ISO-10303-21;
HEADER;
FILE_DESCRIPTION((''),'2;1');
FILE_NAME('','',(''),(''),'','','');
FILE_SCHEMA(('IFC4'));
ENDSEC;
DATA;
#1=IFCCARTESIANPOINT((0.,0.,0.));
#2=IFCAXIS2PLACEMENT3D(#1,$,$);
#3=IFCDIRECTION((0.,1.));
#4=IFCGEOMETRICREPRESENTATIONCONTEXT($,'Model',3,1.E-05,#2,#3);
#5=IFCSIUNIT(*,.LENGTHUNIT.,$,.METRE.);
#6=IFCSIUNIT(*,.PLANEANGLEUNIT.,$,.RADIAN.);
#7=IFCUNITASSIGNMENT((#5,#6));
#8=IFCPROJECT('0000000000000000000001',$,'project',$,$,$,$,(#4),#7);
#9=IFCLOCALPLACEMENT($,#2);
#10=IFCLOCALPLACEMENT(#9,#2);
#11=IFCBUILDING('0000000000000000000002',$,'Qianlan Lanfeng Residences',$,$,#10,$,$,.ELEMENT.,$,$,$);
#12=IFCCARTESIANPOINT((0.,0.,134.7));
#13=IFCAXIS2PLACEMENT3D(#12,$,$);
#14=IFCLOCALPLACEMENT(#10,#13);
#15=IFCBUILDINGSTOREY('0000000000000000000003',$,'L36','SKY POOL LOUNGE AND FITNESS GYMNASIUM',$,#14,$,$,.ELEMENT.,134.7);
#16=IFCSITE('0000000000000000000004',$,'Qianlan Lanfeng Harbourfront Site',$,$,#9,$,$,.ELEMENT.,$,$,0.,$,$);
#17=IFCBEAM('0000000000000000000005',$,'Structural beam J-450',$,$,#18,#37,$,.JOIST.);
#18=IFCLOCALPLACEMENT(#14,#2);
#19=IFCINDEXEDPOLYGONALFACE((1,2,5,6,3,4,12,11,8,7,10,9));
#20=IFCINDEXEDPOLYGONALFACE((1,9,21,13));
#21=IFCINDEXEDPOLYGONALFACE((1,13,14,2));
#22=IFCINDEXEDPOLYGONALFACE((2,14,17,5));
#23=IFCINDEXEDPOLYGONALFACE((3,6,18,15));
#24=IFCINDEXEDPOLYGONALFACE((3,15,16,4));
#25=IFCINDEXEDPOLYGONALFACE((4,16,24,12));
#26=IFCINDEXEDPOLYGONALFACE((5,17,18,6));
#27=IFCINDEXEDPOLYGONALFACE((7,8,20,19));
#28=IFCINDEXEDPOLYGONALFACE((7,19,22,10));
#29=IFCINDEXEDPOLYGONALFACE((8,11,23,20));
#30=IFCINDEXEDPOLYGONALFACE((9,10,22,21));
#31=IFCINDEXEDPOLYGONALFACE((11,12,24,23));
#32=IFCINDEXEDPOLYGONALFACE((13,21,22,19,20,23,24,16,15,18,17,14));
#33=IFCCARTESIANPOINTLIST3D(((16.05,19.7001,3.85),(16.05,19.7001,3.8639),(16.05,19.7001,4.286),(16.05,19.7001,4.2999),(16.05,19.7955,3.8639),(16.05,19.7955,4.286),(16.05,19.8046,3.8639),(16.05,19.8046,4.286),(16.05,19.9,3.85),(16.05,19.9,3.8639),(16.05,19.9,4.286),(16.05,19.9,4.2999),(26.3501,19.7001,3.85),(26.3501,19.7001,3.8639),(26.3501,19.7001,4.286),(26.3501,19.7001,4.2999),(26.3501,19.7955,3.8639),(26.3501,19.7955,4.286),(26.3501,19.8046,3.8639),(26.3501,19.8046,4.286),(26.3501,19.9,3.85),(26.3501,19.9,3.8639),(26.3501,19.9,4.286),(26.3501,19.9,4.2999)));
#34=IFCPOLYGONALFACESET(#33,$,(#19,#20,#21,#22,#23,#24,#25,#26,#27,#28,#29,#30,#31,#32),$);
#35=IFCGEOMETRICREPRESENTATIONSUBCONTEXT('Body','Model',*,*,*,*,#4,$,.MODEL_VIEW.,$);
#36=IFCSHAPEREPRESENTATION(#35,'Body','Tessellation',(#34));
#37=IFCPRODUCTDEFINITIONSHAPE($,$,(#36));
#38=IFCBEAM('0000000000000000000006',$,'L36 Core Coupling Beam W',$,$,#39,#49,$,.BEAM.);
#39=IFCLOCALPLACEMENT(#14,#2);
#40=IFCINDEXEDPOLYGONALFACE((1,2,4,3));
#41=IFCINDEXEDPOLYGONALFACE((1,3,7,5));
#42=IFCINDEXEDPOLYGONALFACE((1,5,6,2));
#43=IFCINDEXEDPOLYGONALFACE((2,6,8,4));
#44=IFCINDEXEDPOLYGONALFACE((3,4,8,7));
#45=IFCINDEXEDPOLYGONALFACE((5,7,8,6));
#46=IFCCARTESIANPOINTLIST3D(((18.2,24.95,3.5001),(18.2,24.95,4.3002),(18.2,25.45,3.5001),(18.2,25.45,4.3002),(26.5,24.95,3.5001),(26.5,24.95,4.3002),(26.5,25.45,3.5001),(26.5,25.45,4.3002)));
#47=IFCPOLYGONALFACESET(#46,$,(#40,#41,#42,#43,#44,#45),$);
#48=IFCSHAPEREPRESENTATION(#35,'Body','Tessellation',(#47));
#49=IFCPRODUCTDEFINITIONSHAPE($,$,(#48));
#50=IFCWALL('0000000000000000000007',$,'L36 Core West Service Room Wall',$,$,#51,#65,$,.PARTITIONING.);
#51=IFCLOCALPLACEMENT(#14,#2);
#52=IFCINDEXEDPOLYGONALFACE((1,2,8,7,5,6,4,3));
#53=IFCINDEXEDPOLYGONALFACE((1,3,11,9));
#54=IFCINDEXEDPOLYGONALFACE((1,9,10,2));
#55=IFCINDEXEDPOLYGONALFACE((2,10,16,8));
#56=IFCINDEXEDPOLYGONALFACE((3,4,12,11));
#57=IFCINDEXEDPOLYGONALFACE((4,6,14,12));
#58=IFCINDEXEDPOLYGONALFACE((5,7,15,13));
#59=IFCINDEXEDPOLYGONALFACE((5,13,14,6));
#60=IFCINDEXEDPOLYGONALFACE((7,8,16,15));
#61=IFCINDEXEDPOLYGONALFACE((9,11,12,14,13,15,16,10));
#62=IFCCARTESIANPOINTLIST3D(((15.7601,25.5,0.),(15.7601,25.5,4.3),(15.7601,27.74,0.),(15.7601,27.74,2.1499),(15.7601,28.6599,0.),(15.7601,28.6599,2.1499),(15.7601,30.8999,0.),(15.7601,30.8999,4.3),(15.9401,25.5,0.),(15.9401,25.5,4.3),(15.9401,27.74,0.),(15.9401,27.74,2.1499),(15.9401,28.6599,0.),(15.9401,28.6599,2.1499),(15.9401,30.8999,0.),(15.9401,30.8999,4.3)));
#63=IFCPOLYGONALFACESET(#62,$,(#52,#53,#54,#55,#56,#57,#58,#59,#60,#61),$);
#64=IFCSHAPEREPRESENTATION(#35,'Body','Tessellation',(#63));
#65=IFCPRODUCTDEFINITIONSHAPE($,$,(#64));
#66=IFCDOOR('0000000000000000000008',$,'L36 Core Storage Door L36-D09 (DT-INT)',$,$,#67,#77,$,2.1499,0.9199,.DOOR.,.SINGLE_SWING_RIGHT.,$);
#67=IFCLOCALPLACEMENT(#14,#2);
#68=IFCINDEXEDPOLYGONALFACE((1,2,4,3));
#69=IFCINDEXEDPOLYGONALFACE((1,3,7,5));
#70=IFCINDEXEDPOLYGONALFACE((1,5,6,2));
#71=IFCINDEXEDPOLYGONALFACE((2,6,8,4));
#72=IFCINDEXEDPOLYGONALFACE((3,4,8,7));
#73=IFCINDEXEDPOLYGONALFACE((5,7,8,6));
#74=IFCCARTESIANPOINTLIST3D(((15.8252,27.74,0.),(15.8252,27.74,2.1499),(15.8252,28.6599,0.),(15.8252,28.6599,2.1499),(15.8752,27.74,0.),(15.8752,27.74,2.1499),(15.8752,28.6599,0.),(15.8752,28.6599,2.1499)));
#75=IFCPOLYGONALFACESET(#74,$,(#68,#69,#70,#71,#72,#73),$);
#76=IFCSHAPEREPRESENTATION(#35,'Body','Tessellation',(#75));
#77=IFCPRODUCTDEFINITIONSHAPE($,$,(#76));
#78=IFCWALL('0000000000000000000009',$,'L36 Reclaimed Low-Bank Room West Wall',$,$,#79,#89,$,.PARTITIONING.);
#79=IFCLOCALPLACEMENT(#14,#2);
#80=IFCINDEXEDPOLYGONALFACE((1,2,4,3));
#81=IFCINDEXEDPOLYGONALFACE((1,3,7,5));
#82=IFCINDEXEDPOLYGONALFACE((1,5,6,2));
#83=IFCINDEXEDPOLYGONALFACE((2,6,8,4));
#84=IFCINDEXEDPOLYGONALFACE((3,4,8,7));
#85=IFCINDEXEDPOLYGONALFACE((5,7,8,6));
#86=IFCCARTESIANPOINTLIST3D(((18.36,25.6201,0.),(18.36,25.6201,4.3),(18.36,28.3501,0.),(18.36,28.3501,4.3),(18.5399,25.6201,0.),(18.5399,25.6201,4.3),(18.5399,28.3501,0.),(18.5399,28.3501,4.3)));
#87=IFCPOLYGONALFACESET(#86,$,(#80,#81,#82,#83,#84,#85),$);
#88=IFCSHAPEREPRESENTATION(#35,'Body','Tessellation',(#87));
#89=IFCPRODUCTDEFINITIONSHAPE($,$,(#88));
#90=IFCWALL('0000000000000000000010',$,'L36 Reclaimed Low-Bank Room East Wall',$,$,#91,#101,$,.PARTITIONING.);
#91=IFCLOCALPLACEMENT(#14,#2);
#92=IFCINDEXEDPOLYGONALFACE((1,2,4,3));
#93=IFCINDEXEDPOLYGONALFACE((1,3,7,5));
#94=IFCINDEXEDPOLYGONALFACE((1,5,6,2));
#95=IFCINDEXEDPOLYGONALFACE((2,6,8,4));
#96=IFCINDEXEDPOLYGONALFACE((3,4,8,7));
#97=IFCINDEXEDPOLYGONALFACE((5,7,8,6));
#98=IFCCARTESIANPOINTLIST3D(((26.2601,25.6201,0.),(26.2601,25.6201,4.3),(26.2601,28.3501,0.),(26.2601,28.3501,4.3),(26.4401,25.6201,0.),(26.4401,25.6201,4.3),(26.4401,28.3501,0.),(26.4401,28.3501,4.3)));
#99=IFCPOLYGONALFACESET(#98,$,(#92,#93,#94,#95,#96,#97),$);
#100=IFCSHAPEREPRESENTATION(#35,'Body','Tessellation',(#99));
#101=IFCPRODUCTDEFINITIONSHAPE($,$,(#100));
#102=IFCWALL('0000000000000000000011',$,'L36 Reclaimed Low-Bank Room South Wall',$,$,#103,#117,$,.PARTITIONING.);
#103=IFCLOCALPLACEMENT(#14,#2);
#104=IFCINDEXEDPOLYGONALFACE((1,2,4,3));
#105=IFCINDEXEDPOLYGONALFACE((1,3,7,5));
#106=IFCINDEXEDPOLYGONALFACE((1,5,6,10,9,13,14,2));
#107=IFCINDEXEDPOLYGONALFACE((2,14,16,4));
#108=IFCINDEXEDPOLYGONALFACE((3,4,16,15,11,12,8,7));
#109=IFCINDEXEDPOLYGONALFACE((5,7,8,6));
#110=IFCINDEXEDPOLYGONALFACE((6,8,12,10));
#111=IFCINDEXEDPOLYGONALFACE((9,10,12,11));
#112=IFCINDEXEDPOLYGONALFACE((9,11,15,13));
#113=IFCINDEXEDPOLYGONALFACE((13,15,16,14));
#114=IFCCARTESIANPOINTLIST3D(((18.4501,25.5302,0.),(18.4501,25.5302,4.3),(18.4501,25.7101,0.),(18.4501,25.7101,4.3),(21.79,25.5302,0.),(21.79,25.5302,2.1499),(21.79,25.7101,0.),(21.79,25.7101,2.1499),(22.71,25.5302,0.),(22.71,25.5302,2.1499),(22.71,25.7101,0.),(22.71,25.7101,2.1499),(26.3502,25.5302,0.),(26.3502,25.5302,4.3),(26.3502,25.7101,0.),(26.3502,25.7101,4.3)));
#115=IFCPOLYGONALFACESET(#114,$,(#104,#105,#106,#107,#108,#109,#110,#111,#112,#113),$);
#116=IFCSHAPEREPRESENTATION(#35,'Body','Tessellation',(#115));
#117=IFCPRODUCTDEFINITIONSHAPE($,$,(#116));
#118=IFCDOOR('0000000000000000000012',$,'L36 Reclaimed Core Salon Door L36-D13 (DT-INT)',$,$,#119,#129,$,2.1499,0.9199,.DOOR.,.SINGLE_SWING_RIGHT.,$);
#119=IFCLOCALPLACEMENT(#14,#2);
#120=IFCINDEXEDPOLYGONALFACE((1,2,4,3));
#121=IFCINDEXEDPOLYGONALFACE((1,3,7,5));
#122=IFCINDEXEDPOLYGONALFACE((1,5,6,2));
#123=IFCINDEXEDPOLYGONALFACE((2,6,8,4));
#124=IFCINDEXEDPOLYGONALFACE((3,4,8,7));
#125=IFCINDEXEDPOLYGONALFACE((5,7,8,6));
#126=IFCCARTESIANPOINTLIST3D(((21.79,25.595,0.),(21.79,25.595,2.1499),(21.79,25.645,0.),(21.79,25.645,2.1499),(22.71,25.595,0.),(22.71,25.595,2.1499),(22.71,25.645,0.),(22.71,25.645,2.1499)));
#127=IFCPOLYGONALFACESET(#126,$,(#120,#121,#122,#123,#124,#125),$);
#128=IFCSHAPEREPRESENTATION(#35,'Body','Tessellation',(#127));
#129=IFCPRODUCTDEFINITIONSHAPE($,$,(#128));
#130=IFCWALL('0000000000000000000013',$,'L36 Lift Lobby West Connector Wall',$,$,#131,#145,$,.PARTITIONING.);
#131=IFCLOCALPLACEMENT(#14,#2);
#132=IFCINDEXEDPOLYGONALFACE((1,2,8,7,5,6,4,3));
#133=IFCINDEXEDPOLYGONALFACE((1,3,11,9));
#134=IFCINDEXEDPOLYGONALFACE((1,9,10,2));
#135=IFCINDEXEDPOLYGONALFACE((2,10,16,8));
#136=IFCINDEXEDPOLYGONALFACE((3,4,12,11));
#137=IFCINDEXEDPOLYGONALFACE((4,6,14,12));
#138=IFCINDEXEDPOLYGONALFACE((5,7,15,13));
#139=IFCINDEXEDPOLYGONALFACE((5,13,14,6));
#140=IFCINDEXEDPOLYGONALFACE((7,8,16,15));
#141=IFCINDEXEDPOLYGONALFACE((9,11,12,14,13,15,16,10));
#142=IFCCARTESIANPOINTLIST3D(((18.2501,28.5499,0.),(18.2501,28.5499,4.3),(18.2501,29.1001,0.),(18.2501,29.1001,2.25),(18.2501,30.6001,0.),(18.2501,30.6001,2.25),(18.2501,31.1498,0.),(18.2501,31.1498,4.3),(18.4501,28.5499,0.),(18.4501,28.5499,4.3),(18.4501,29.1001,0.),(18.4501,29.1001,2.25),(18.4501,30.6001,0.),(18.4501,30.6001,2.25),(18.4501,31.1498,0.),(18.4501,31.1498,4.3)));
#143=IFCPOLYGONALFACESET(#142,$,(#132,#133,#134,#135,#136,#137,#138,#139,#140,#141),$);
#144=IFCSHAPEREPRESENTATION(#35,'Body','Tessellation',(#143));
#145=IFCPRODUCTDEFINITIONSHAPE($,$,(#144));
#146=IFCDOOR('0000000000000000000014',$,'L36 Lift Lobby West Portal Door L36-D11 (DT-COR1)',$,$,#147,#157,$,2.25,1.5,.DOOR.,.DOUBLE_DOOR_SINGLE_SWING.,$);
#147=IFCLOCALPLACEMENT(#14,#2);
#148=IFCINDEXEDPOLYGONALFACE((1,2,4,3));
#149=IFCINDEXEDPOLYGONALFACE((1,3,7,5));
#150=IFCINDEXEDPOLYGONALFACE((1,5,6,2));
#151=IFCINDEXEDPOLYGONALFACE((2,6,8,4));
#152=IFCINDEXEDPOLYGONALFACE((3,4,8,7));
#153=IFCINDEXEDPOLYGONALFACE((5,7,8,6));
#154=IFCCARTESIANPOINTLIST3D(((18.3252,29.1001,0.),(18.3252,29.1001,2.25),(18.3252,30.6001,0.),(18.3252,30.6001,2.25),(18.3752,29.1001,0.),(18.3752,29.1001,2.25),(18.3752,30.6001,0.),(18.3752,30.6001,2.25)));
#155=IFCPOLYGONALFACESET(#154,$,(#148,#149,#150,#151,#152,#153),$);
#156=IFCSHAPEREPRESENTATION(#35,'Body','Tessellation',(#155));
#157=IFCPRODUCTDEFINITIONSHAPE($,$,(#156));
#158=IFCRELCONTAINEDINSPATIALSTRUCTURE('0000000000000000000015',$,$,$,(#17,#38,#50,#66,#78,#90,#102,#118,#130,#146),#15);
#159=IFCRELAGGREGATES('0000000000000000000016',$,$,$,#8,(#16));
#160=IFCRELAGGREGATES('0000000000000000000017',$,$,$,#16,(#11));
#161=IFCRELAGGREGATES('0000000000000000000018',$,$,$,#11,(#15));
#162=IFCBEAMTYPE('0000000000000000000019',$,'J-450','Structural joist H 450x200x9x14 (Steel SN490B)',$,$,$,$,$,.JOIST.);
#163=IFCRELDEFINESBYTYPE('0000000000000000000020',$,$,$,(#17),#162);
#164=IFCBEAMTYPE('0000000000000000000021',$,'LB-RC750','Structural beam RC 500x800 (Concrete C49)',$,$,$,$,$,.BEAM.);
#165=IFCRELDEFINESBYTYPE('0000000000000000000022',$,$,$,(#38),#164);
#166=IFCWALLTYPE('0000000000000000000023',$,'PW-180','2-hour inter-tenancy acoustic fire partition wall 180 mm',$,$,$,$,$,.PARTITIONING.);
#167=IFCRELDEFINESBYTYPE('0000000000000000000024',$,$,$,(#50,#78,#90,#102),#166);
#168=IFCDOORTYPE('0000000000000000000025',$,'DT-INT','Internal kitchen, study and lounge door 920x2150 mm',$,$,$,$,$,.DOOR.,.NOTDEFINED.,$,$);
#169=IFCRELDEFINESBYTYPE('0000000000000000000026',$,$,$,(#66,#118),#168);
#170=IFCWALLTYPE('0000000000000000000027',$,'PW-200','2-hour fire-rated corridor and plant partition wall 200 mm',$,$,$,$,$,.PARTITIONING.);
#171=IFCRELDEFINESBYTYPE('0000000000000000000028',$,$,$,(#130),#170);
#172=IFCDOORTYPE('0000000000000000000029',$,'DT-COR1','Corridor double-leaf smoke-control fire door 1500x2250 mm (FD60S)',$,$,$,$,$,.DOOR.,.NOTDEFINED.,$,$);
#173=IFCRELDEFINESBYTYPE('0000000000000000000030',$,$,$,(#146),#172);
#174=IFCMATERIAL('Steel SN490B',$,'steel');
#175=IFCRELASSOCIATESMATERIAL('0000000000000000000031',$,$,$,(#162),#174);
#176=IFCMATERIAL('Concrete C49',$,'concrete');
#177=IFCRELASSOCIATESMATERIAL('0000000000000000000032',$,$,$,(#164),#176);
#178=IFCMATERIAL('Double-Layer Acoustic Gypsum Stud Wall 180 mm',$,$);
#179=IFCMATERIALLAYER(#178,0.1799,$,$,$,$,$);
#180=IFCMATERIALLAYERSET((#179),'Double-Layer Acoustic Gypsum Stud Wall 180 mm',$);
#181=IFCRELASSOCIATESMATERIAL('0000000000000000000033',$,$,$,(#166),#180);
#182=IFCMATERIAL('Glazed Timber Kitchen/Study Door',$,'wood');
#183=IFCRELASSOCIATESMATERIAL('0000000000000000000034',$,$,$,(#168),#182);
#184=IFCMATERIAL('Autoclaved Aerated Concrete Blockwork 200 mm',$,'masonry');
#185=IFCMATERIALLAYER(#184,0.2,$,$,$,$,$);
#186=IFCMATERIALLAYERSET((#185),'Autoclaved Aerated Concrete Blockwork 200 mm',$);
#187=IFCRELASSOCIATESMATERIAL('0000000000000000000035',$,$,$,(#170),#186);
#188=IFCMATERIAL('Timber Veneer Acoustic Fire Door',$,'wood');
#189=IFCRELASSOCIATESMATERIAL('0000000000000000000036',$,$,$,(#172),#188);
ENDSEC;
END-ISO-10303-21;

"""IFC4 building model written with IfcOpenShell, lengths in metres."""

from ifc_helpers import new_model, si_unit, direction, frame, frame_2d, origin, origin_2d, place, context, subcontext, project, spatial, rectangle, i_section, extrude, material, layer, layer_set, material_profile, profile_set, type_object, element, fill, save


model = new_model("IFC4")

# Units and contexts
model_context = context("Model", 3, precision=1e-05, world=origin(), true_north=direction((0.0, 1.0)))
body_context = subcontext(model_context, "Body", "Model", "MODEL_VIEW")
ifc_project = project(units=[si_unit("LENGTHUNIT", "METRE"), si_unit("PLANEANGLEUNIT", "RADIAN")], contexts=[model_context])

# Site, building, storey
site_placement = place(None, origin())
site = spatial("IfcSite", under=ifc_project, at=site_placement, Name="Qianlan Lanfeng Harbourfront Site", CompositionType="ELEMENT", RefElevation=0.0)
building_placement = place(site_placement, origin())
building = spatial("IfcBuilding", under=site, at=building_placement, Name="Qianlan Lanfeng Residences", CompositionType="ELEMENT")
storey_placement = place(building_placement, frame((0.0, 0.0, 134.7)))
storey = spatial("IfcBuildingStorey", under=building, at=storey_placement, Name="L36", Description="SKY POOL LOUNGE AND FITNESS GYMNASIUM", CompositionType="ELEMENT", Elevation=134.7)

# Shared definitions
ifc_material_1 = material(Name="Steel SN490B", Category="steel")

# Beams
ifc_material_profile_1 = material_profile(ifc_material_1, i_section(OverallWidth=0.2, OverallDepth=0.45, WebThickness=0.009, FlangeThickness=0.0139, at=origin_2d()), Name="H 450x200x9x14")
ifc_profile_set_1 = profile_set([ifc_material_profile_1], Name="Steel SN490B")
beam_type_1 = type_object("IfcBeamType", Name="J-450", Description="Structural joist H 450x200x9x14 (Steel SN490B)", PredefinedType="JOIST", material=ifc_profile_set_1)
beam_1_placement = place(storey_placement, frame((16.05, 19.8, 4.075), z_axis=(1.0, 0.0, 0.0), x_axis=(0.0, 1.0, 0.0)))
element("IfcBeam", 1, at=beam_1_placement, inside=storey, type_object=beam_type_1, Name="Structural beam J-450", PredefinedType="JOIST", context=body_context, shape_type="SweptSolid", body=[
    extrude(i_section(OverallWidth=0.2, OverallDepth=0.45, WebThickness=0.009, FlangeThickness=0.0139, at=origin_2d()), origin(), (0.0, 0.0, 1.0), 10.3),
])
ifc_material_2 = material(Name="Concrete C49", Category="concrete")
ifc_material_profile_2 = material_profile(ifc_material_2, rectangle(XDim=0.5, YDim=0.8, at=origin_2d()), Name="RC 500x800")
ifc_profile_set_2 = profile_set([ifc_material_profile_2], Name="Concrete C49")
beam_type_2 = type_object("IfcBeamType", Name="LB-RC750", Description="Structural beam RC 500x800 (Concrete C49)", PredefinedType="BEAM", material=ifc_profile_set_2)
beam_2_placement = place(storey_placement, frame((18.2, 25.2, 3.9001), z_axis=(1.0, 0.0, 0.0), x_axis=(0.0, 1.0, 0.0)))
element("IfcBeam", 2, at=beam_2_placement, inside=storey, type_object=beam_type_2, Name="L36 Core Coupling Beam W", PredefinedType="BEAM", context=body_context, shape_type="SweptSolid", body=[
    extrude(rectangle(XDim=0.5, YDim=0.8, at=origin_2d()), origin(), (0.0, 0.0, 1.0), 8.3),
])

# Wall, opening, door
ifc_material_3 = material(Name="Double-Layer Acoustic Gypsum Stud Wall 180 mm")
ifc_layer_1 = layer(ifc_material_3, 0.1799)
ifc_layer_set_1 = layer_set([ifc_layer_1], Name="Double-Layer Acoustic Gypsum Stud Wall 180 mm")
wall_type_1 = type_object("IfcWallType", Name="PW-180", Description="2-hour inter-tenancy acoustic fire partition wall 180 mm", PredefinedType="PARTITIONING", material=ifc_layer_set_1)
wall_1_placement = place(storey_placement, frame((15.8501, 25.5, 0.0), z_axis=(0.0, 0.0, 1.0), x_axis=(0.0, 1.0, 0.0)))
wall_1 = element("IfcWall", 3, at=wall_1_placement, inside=storey, type_object=wall_type_1, Name="L36 Core West Service Room Wall", PredefinedType="PARTITIONING", context=body_context, shape_type="SweptSolid", body=[
    extrude(rectangle(XDim=5.3999, YDim=0.1799, at=frame_2d((2.7, 0.0))), origin(), (0.0, 0.0, 1.0), 4.3),
])
opening_1_placement = place(wall_1_placement, frame((2.24, 0.0, 0.0)))
opening_1 = element("IfcOpeningElement", 4, at=opening_1_placement, cuts=wall_1, PredefinedType="OPENING", context=body_context, shape_type="SweptSolid", body=[
    extrude(rectangle(XDim=0.9199, YDim=2.1499, at=frame_2d((0.46, 1.075))), frame((0.0, 0.1001, 0.0), z_axis=(0.0, -1.0, 0.0), x_axis=(1.0, 0.0, 0.0)), (0.0, 0.0, 1.0), 0.2),
])
ifc_material_4 = material(Name="Glazed Timber Kitchen/Study Door", Category="wood")
door_type_1 = type_object("IfcDoorType", Name="DT-INT", Description="Internal kitchen, study and lounge door 920x2150 mm", OperationType="NOTDEFINED", PredefinedType="DOOR", material=ifc_material_4)
door_1_placement = place(opening_1_placement, origin())
door_1 = element("IfcDoor", 5, at=door_1_placement, inside=storey, type_object=door_type_1, Name="L36 Core Storage Door L36-D09 (DT-INT)", OperationType="SINGLE_SWING_RIGHT", OverallHeight=2.1499, OverallWidth=0.9199, PredefinedType="DOOR", context=body_context, shape_type="SweptSolid", body=[
    extrude(rectangle(XDim=0.9199, YDim=2.1499, at=frame_2d((0.46, 1.075))), frame((0.0, 0.0249, 0.0), z_axis=(0.0, -1.0, 0.0), x_axis=(1.0, 0.0, 0.0)), (0.0, 0.0, 1.0), 0.05),
])
fill(opening_1, door_1)

# Walls
for number, where, z_axis, x_axis, name in (
    (6, (18.45, 25.6201, 0.0), (0.0, 0.0, 1.0), (0.0, 1.0, 0.0), "L36 Reclaimed Low-Bank Room West Wall"),
    (7, (26.3501, 25.6201, 0.0), (0.0, 0.0, 1.0), (0.0, 1.0, 0.0), "L36 Reclaimed Low-Bank Room East Wall"),
):
    element("IfcWall", number, at=place(storey_placement, frame(where, z_axis=z_axis, x_axis=x_axis)), inside=storey, type_object=wall_type_1, Name=name, PredefinedType="PARTITIONING", context=body_context, shape_type="SweptSolid", body=[
        extrude(rectangle(XDim=2.73, YDim=0.1799, at=frame_2d((1.365, 0.0))), origin(), (0.0, 0.0, 1.0), 4.3),
    ])

# Walls, openings, doors
wall_2_placement = place(storey_placement, frame((18.45, 25.6201, 0.0), z_axis=(0.0, 0.0, 1.0), x_axis=(1.0, 0.0, 0.0)))
wall_2 = element("IfcWall", 8, at=wall_2_placement, inside=storey, type_object=wall_type_1, Name="L36 Reclaimed Low-Bank Room South Wall", PredefinedType="PARTITIONING", context=body_context, shape_type="SweptSolid", body=[
    extrude(rectangle(XDim=7.9001, YDim=0.1799, at=frame_2d((3.9502, 0.0))), origin(), (0.0, 0.0, 1.0), 4.3),
])
opening_2_placement = place(wall_2_placement, frame((3.3401, 0.0, 0.0)))
opening_2 = element("IfcOpeningElement", 9, at=opening_2_placement, cuts=wall_2, PredefinedType="OPENING", context=body_context, shape_type="SweptSolid", body=[
    extrude(rectangle(XDim=0.9199, YDim=2.1499, at=frame_2d((0.46, 1.075))), frame((0.0, 0.1001, 0.0), z_axis=(0.0, -1.0, 0.0), x_axis=(1.0, 0.0, 0.0)), (0.0, 0.0, 1.0), 0.2),
])
door_2_placement = place(opening_2_placement, origin())
door_2 = element("IfcDoor", 10, at=door_2_placement, inside=storey, type_object=door_type_1, Name="L36 Reclaimed Core Salon Door L36-D13 (DT-INT)", OperationType="SINGLE_SWING_RIGHT", OverallHeight=2.1499, OverallWidth=0.9199, PredefinedType="DOOR", context=body_context, shape_type="SweptSolid", body=[
    extrude(rectangle(XDim=0.9199, YDim=2.1499, at=frame_2d((0.46, 1.075))), frame((0.0, 0.0249, 0.0), z_axis=(0.0, -1.0, 0.0), x_axis=(1.0, 0.0, 0.0)), (0.0, 0.0, 1.0), 0.05),
])
fill(opening_2, door_2)
ifc_material_5 = material(Name="Autoclaved Aerated Concrete Blockwork 200 mm", Category="masonry")
ifc_layer_2 = layer(ifc_material_5, 0.2)
ifc_layer_set_2 = layer_set([ifc_layer_2], Name="Autoclaved Aerated Concrete Blockwork 200 mm")
wall_type_2 = type_object("IfcWallType", Name="PW-200", Description="2-hour fire-rated corridor and plant partition wall 200 mm", PredefinedType="PARTITIONING", material=ifc_layer_set_2)
wall_3_placement = place(storey_placement, frame((18.3501, 28.55, 0.0), z_axis=(0.0, 0.0, 1.0), x_axis=(0.0, 1.0, 0.0)))
wall_3 = element("IfcWall", 11, at=wall_3_placement, inside=storey, type_object=wall_type_2, Name="L36 Lift Lobby West Connector Wall", PredefinedType="PARTITIONING", context=body_context, shape_type="SweptSolid", body=[
    extrude(rectangle(XDim=2.5999, YDim=0.2, at=frame_2d((1.2998, 0.0))), origin(), (0.0, 0.0, 1.0), 4.3),
])
opening_3_placement = place(wall_3_placement, frame((0.55, 0.0, 0.0)))
opening_3 = element("IfcOpeningElement", 12, at=opening_3_placement, cuts=wall_3, PredefinedType="OPENING", context=body_context, shape_type="SweptSolid", body=[
    extrude(rectangle(XDim=1.5, YDim=2.25, at=frame_2d((0.75, 1.125))), frame((0.0, 0.1099, 0.0), z_axis=(0.0, -1.0, 0.0), x_axis=(1.0, 0.0, 0.0)), (0.0, 0.0, 1.0), 0.22),
])
ifc_material_6 = material(Name="Timber Veneer Acoustic Fire Door", Category="wood")
door_type_2 = type_object("IfcDoorType", Name="DT-COR1", Description="Corridor double-leaf smoke-control fire door 1500x2250 mm (FD60S)", OperationType="NOTDEFINED", PredefinedType="DOOR", material=ifc_material_6)
door_3_placement = place(opening_3_placement, origin())
door_3 = element("IfcDoor", 13, at=door_3_placement, inside=storey, type_object=door_type_2, Name="L36 Lift Lobby West Portal Door L36-D11 (DT-COR1)", OperationType="DOUBLE_DOOR_SINGLE_SWING", OverallHeight=2.25, OverallWidth=1.5, PredefinedType="DOOR", context=body_context, shape_type="SweptSolid", body=[
    extrude(rectangle(XDim=1.5, YDim=2.25, at=frame_2d((0.75, 1.125))), frame((0.0, 0.0249, 0.0), z_axis=(0.0, -1.0, 0.0), x_axis=(1.0, 0.0, 0.0)), (0.0, 0.0, 1.0), 0.05),
])
fill(opening_3, door_3)

save(model, "model.ifc")
